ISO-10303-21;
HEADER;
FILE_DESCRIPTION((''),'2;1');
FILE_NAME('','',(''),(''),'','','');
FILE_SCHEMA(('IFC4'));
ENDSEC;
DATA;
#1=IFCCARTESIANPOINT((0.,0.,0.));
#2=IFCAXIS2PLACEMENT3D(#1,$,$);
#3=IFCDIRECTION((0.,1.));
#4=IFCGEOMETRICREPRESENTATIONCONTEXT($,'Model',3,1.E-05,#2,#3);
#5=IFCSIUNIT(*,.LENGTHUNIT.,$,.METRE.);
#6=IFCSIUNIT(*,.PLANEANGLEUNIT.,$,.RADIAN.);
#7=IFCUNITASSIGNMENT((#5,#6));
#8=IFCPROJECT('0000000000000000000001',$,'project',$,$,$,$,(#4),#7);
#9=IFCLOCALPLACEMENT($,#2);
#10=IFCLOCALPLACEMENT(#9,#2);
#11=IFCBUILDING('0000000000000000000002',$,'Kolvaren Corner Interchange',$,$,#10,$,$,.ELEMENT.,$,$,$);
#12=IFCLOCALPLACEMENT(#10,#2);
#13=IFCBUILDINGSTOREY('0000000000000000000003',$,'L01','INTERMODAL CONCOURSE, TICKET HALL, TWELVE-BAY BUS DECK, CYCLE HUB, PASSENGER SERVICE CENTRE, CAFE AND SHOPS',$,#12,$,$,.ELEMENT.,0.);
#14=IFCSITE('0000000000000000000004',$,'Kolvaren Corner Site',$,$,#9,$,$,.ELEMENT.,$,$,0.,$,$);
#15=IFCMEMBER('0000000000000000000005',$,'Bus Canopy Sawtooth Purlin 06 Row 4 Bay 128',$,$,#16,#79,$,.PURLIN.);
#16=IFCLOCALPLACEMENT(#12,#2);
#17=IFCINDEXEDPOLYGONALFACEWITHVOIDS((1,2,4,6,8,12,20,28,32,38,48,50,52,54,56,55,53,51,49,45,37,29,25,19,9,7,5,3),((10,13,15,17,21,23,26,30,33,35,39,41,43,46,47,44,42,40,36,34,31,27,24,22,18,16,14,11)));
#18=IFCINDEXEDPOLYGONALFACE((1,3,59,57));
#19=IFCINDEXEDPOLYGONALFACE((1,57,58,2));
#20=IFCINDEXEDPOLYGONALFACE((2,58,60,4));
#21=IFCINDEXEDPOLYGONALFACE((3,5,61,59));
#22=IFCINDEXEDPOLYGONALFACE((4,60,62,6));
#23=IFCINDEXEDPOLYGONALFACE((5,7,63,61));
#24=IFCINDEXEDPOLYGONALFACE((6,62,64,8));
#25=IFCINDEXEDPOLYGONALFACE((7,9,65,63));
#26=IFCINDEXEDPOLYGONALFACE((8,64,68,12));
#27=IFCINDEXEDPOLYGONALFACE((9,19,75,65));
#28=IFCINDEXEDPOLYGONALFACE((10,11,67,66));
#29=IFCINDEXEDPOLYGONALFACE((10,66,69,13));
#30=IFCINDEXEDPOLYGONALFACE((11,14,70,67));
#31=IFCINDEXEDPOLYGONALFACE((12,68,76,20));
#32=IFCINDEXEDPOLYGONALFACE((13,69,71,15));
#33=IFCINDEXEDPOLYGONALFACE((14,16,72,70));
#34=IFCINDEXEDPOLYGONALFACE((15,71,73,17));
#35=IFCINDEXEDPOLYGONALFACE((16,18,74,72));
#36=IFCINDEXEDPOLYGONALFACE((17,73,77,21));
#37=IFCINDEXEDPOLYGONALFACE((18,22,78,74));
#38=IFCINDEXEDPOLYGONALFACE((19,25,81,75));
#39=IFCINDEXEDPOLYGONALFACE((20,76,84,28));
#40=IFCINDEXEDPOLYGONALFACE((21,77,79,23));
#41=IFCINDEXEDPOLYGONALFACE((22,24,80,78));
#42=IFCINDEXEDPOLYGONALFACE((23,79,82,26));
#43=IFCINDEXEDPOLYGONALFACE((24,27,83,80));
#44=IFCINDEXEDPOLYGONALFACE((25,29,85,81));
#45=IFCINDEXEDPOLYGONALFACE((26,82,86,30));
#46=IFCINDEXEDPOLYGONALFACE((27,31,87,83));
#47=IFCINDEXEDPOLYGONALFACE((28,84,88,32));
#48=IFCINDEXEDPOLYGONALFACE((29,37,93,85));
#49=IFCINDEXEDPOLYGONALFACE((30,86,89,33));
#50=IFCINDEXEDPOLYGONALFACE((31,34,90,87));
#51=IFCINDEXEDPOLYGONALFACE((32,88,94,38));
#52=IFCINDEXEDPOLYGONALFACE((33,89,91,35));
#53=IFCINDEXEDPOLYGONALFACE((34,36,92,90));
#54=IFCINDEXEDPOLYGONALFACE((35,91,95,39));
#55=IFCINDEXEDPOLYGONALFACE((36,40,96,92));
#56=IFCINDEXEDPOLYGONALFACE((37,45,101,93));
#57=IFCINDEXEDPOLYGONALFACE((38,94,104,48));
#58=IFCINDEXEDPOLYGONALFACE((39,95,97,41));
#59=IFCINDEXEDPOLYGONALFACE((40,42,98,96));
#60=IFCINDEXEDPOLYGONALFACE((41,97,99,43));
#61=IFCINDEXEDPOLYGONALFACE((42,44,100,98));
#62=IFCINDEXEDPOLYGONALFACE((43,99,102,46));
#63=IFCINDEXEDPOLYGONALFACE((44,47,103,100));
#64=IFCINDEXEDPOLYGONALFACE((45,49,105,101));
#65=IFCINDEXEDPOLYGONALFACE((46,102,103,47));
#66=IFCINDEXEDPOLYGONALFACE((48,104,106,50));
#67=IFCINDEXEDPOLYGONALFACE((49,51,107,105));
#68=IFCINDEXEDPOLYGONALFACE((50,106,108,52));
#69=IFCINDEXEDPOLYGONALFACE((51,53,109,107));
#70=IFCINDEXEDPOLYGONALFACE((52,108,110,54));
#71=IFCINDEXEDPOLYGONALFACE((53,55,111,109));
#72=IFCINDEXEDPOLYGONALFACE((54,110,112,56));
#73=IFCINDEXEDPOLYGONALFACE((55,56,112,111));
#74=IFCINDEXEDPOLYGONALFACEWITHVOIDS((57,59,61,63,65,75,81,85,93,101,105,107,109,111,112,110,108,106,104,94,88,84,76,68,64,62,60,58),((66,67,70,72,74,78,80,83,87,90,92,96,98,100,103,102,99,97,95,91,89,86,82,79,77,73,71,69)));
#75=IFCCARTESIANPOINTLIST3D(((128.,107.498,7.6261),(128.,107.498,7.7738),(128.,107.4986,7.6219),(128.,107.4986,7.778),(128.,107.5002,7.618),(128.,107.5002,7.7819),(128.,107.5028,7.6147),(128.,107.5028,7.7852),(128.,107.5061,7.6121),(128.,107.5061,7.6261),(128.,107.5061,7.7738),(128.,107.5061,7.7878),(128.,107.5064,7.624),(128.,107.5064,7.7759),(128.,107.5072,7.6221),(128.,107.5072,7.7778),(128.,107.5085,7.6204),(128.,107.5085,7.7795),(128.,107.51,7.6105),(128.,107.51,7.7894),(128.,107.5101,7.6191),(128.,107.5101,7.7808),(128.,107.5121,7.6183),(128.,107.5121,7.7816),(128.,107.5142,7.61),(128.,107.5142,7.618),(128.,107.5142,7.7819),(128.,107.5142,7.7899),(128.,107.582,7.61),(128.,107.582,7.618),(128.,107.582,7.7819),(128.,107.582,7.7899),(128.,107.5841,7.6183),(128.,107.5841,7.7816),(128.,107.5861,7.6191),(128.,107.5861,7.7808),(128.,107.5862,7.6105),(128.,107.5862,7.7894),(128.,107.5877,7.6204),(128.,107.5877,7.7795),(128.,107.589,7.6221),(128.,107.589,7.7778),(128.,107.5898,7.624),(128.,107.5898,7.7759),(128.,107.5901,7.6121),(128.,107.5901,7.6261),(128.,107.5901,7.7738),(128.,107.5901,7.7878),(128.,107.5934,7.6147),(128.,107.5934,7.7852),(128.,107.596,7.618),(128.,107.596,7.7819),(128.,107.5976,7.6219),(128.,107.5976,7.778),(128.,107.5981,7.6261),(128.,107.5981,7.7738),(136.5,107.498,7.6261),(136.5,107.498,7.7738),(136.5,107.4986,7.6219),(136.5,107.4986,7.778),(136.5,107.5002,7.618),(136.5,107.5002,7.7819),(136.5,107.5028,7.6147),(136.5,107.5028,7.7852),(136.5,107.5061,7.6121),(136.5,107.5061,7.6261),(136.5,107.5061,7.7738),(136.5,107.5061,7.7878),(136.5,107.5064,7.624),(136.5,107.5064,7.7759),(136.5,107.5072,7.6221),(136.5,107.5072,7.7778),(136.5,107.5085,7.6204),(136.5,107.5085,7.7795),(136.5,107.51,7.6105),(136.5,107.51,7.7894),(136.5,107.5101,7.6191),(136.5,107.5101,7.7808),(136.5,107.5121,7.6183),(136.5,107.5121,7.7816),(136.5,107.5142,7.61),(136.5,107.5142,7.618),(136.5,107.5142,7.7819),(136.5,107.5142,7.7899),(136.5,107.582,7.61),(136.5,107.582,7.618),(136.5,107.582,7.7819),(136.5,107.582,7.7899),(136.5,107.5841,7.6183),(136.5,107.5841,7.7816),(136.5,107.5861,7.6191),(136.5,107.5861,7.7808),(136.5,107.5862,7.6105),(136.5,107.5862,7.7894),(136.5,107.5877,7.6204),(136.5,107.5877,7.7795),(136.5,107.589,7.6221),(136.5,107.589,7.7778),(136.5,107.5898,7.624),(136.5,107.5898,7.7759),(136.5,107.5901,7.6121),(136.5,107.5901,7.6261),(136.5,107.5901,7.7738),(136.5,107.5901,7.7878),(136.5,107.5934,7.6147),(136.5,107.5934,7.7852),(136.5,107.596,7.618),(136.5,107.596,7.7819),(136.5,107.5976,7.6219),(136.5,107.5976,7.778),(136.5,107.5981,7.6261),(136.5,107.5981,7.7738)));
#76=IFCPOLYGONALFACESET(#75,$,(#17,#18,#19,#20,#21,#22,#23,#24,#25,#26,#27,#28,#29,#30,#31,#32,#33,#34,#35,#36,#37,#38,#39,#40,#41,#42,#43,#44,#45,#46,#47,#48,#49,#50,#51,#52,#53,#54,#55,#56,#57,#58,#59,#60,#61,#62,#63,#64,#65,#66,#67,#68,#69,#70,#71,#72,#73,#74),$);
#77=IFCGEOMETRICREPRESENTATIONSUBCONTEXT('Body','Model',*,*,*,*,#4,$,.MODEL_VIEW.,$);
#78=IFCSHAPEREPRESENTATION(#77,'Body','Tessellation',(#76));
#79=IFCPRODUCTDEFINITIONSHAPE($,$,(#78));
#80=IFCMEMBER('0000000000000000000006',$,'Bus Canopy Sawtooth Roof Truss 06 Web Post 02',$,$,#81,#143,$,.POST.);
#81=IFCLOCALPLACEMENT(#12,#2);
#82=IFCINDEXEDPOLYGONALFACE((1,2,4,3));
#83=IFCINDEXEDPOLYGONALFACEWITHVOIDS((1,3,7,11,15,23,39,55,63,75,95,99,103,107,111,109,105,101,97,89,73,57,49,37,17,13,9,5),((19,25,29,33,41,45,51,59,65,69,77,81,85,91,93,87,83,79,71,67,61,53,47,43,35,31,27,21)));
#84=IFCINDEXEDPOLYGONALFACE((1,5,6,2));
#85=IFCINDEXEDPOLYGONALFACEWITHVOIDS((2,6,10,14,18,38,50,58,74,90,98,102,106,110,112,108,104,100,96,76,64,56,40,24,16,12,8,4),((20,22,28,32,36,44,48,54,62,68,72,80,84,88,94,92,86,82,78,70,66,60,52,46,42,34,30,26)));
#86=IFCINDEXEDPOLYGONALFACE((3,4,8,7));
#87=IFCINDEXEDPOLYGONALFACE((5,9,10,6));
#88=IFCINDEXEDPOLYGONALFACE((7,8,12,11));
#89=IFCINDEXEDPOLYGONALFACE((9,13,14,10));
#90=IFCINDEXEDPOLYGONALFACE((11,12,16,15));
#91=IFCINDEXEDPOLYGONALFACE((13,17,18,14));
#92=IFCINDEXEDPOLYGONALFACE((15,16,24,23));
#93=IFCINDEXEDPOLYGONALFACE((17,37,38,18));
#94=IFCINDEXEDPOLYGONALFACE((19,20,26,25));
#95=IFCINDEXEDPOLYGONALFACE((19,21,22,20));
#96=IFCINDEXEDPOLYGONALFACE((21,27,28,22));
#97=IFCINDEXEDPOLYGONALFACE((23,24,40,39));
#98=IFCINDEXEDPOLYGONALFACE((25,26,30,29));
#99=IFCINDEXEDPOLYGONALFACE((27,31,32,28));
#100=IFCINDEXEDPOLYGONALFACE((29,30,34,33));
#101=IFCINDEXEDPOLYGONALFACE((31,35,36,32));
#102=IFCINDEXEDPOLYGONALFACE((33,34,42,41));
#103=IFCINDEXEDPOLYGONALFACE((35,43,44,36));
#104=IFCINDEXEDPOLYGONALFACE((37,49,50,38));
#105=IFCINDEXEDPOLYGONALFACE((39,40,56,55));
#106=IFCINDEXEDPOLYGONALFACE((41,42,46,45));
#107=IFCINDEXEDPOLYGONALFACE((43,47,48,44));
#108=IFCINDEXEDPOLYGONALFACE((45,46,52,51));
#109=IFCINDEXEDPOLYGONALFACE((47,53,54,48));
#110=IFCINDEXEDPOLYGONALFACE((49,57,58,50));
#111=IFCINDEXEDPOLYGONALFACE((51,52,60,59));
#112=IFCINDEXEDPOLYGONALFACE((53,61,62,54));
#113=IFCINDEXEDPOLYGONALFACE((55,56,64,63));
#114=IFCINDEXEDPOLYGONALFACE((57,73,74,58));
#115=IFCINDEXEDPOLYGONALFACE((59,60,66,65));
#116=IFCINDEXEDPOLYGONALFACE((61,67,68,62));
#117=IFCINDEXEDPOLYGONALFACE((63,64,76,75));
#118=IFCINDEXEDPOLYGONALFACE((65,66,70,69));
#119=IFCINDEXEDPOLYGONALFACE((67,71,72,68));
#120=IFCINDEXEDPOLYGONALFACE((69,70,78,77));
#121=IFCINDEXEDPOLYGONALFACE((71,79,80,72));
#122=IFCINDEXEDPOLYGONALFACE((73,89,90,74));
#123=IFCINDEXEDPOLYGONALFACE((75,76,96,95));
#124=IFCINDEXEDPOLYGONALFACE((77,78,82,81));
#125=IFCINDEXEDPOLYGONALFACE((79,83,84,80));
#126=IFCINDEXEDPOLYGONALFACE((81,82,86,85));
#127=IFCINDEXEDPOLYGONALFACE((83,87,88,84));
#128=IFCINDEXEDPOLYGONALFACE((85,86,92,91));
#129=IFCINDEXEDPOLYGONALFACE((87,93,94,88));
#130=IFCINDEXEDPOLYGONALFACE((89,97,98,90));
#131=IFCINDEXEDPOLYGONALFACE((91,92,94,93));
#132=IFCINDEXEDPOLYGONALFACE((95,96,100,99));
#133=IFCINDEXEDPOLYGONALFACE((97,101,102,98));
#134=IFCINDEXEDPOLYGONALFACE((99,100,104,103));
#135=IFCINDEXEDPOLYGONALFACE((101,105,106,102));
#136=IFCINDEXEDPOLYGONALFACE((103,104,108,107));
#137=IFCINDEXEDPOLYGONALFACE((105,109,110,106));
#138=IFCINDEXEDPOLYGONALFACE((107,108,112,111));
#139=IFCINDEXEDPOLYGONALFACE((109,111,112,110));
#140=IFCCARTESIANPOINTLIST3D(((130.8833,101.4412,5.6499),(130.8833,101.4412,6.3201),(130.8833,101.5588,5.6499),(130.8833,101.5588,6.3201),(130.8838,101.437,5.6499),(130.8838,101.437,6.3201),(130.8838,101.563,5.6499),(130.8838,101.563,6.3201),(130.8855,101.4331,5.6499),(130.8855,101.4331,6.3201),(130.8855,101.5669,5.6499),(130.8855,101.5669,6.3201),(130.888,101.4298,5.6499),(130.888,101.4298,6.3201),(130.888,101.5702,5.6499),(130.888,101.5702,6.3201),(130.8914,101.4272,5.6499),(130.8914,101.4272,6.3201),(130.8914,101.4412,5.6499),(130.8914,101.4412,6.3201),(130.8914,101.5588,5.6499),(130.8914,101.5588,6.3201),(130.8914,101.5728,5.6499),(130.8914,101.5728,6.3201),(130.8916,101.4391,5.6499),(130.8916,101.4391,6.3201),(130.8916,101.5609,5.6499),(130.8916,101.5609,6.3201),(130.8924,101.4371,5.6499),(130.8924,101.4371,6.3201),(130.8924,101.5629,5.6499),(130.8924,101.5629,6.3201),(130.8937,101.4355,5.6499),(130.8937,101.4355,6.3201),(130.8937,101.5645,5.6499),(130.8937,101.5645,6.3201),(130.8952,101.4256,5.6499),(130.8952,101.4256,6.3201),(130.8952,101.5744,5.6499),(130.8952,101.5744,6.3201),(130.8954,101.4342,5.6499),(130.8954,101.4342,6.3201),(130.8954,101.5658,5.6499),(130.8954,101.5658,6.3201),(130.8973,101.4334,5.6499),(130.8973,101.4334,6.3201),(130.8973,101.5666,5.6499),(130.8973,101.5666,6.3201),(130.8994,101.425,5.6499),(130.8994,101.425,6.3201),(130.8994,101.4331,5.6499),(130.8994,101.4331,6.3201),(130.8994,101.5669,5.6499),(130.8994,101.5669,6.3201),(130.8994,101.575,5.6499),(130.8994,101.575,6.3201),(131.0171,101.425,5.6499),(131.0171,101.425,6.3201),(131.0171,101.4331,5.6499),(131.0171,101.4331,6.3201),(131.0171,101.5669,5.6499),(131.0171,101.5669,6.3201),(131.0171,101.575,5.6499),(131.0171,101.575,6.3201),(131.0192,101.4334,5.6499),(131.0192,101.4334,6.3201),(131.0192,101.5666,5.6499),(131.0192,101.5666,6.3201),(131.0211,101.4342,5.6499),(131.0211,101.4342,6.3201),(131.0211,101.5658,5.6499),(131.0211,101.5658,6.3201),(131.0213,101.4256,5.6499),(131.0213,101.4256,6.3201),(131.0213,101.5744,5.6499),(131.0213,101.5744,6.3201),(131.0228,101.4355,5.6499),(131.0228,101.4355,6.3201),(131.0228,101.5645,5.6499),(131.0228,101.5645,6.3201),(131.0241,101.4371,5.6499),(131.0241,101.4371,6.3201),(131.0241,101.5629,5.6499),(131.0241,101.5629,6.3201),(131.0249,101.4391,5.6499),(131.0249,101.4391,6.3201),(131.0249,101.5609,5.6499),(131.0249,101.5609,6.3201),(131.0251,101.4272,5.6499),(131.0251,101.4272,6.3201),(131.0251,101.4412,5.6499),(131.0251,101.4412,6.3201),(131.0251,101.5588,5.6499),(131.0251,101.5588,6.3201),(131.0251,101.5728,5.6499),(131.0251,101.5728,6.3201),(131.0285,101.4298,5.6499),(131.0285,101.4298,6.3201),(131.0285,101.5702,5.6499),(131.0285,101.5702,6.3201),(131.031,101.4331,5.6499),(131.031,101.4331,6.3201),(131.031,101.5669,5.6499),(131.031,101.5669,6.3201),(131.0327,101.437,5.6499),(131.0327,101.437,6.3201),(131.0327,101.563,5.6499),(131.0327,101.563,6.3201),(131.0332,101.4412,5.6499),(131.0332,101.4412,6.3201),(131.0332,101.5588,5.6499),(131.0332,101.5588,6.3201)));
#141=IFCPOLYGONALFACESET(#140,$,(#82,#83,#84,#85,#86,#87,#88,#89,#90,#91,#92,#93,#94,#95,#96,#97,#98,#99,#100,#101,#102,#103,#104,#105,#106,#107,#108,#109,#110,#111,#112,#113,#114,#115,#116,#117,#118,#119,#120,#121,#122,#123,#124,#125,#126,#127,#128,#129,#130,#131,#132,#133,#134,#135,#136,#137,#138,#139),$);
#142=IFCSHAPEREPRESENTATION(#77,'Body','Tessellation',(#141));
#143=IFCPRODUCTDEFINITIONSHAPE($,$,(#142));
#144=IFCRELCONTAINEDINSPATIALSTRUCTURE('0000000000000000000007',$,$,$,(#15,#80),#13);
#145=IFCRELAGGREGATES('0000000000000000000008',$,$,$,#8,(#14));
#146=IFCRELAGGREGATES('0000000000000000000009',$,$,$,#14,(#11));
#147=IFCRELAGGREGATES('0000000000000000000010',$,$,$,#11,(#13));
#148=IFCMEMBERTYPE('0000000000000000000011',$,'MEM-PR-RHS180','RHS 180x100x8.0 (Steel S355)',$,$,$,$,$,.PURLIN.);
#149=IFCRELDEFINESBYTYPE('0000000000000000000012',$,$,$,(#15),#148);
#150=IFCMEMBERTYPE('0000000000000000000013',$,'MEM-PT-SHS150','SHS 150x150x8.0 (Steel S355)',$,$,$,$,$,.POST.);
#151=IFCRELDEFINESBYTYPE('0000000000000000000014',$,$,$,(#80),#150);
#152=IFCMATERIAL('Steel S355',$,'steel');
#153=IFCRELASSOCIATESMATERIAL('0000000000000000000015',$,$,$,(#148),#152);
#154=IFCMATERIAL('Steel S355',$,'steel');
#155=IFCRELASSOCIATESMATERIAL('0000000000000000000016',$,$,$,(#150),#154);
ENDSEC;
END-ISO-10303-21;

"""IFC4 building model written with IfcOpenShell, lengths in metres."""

from ifc_helpers import new_model, si_unit, direction, frame, origin, origin_2d, place, context, subcontext, project, spatial, hollow_rectangle, extrude, material, material_profile, profile_set, type_object, element, save


model = new_model("IFC4")

# Units and contexts
model_context = context("Model", 3, precision=1e-05, world=origin(), true_north=direction((0.0, 1.0)))
body_context = subcontext(model_context, "Body", "Model", "MODEL_VIEW")
ifc_project = project(units=[si_unit("LENGTHUNIT", "METRE"), si_unit("PLANEANGLEUNIT", "RADIAN")], contexts=[model_context])

# Site, building, storey
site_placement = place(None, origin())
site = spatial("IfcSite", under=ifc_project, at=site_placement, Name="Kolvaren Corner Site", CompositionType="ELEMENT", RefElevation=0.0)
building_placement = place(site_placement, origin())
building = spatial("IfcBuilding", under=site, at=building_placement, Name="Kolvaren Corner Interchange", CompositionType="ELEMENT")
storey_placement = place(building_placement, origin())
storey = spatial("IfcBuildingStorey", under=building, at=storey_placement, Name="L01", Description="INTERMODAL CONCOURSE, TICKET HALL, TWELVE-BAY BUS DECK, CYCLE HUB, PASSENGER SERVICE CENTRE, CAFE AND SHOPS", CompositionType="ELEMENT", Elevation=0.0)

# Members
ifc_material_1 = material(Name="Steel S355", Category="steel")
ifc_material_profile_1 = material_profile(ifc_material_1, hollow_rectangle(XDim=0.1001, YDim=0.1799, WallThickness=0.0081, InnerFilletRadius=0.0081, OuterFilletRadius=0.0161, at=origin_2d()), Name="RHS 180x100x8.0")
ifc_profile_set_1 = profile_set([ifc_material_profile_1], Name="Steel S355")
member_type_1 = type_object("IfcMemberType", Name="MEM-PR-RHS180", Description="RHS 180x100x8.0 (Steel S355)", PredefinedType="PURLIN", material=ifc_profile_set_1)
member_1_placement = place(storey_placement, frame((128.0, 107.5481, 7.7), z_axis=(1.0, 0.0, 0.0), x_axis=(0.0, 1.0, 0.0)))
element("IfcMember", 1, at=member_1_placement, inside=storey, type_object=member_type_1, Name="Bus Canopy Sawtooth Purlin 06 Row 4 Bay 128", PredefinedType="PURLIN", context=body_context, shape_type="SweptSolid", body=[
    extrude(hollow_rectangle(XDim=0.1001, YDim=0.1799, WallThickness=0.0081, InnerFilletRadius=0.0081, OuterFilletRadius=0.0161, at=origin_2d()), origin(), (0.0, 0.0, 1.0), 8.5),
])
ifc_material_2 = material(Name="Steel S355", Category="steel")
ifc_material_profile_2 = material_profile(ifc_material_2, hollow_rectangle(XDim=0.1499, YDim=0.1499, WallThickness=0.0081, InnerFilletRadius=0.0081, OuterFilletRadius=0.0161, at=origin_2d()), Name="SHS 150x150x8.0")
ifc_profile_set_2 = profile_set([ifc_material_profile_2], Name="Steel S355")
member_type_2 = type_object("IfcMemberType", Name="MEM-PT-SHS150", Description="SHS 150x150x8.0 (Steel S355)", PredefinedType="POST", material=ifc_profile_set_2)
for number, where, z_axis, x_axis, name in (
    (2, (130.9583, 101.5, 5.6499), (0.0, 0.0, 1.0), (1.0, 0.0, 0.0), "Bus Canopy Sawtooth Roof Truss 06 Web Post 02"),
):
    element("IfcMember", number, at=place(storey_placement, frame(where, z_axis=z_axis, x_axis=x_axis)), inside=storey, type_object=member_type_2, Name=name, PredefinedType="POST", context=body_context, shape_type="SweptSolid", body=[
        extrude(hollow_rectangle(XDim=0.1499, YDim=0.1499, WallThickness=0.0081, InnerFilletRadius=0.0081, OuterFilletRadius=0.0161, at=origin_2d()), origin(), (0.0, 0.0, 1.0), 0.6702),
    ])

save(model, "model.ifc")
